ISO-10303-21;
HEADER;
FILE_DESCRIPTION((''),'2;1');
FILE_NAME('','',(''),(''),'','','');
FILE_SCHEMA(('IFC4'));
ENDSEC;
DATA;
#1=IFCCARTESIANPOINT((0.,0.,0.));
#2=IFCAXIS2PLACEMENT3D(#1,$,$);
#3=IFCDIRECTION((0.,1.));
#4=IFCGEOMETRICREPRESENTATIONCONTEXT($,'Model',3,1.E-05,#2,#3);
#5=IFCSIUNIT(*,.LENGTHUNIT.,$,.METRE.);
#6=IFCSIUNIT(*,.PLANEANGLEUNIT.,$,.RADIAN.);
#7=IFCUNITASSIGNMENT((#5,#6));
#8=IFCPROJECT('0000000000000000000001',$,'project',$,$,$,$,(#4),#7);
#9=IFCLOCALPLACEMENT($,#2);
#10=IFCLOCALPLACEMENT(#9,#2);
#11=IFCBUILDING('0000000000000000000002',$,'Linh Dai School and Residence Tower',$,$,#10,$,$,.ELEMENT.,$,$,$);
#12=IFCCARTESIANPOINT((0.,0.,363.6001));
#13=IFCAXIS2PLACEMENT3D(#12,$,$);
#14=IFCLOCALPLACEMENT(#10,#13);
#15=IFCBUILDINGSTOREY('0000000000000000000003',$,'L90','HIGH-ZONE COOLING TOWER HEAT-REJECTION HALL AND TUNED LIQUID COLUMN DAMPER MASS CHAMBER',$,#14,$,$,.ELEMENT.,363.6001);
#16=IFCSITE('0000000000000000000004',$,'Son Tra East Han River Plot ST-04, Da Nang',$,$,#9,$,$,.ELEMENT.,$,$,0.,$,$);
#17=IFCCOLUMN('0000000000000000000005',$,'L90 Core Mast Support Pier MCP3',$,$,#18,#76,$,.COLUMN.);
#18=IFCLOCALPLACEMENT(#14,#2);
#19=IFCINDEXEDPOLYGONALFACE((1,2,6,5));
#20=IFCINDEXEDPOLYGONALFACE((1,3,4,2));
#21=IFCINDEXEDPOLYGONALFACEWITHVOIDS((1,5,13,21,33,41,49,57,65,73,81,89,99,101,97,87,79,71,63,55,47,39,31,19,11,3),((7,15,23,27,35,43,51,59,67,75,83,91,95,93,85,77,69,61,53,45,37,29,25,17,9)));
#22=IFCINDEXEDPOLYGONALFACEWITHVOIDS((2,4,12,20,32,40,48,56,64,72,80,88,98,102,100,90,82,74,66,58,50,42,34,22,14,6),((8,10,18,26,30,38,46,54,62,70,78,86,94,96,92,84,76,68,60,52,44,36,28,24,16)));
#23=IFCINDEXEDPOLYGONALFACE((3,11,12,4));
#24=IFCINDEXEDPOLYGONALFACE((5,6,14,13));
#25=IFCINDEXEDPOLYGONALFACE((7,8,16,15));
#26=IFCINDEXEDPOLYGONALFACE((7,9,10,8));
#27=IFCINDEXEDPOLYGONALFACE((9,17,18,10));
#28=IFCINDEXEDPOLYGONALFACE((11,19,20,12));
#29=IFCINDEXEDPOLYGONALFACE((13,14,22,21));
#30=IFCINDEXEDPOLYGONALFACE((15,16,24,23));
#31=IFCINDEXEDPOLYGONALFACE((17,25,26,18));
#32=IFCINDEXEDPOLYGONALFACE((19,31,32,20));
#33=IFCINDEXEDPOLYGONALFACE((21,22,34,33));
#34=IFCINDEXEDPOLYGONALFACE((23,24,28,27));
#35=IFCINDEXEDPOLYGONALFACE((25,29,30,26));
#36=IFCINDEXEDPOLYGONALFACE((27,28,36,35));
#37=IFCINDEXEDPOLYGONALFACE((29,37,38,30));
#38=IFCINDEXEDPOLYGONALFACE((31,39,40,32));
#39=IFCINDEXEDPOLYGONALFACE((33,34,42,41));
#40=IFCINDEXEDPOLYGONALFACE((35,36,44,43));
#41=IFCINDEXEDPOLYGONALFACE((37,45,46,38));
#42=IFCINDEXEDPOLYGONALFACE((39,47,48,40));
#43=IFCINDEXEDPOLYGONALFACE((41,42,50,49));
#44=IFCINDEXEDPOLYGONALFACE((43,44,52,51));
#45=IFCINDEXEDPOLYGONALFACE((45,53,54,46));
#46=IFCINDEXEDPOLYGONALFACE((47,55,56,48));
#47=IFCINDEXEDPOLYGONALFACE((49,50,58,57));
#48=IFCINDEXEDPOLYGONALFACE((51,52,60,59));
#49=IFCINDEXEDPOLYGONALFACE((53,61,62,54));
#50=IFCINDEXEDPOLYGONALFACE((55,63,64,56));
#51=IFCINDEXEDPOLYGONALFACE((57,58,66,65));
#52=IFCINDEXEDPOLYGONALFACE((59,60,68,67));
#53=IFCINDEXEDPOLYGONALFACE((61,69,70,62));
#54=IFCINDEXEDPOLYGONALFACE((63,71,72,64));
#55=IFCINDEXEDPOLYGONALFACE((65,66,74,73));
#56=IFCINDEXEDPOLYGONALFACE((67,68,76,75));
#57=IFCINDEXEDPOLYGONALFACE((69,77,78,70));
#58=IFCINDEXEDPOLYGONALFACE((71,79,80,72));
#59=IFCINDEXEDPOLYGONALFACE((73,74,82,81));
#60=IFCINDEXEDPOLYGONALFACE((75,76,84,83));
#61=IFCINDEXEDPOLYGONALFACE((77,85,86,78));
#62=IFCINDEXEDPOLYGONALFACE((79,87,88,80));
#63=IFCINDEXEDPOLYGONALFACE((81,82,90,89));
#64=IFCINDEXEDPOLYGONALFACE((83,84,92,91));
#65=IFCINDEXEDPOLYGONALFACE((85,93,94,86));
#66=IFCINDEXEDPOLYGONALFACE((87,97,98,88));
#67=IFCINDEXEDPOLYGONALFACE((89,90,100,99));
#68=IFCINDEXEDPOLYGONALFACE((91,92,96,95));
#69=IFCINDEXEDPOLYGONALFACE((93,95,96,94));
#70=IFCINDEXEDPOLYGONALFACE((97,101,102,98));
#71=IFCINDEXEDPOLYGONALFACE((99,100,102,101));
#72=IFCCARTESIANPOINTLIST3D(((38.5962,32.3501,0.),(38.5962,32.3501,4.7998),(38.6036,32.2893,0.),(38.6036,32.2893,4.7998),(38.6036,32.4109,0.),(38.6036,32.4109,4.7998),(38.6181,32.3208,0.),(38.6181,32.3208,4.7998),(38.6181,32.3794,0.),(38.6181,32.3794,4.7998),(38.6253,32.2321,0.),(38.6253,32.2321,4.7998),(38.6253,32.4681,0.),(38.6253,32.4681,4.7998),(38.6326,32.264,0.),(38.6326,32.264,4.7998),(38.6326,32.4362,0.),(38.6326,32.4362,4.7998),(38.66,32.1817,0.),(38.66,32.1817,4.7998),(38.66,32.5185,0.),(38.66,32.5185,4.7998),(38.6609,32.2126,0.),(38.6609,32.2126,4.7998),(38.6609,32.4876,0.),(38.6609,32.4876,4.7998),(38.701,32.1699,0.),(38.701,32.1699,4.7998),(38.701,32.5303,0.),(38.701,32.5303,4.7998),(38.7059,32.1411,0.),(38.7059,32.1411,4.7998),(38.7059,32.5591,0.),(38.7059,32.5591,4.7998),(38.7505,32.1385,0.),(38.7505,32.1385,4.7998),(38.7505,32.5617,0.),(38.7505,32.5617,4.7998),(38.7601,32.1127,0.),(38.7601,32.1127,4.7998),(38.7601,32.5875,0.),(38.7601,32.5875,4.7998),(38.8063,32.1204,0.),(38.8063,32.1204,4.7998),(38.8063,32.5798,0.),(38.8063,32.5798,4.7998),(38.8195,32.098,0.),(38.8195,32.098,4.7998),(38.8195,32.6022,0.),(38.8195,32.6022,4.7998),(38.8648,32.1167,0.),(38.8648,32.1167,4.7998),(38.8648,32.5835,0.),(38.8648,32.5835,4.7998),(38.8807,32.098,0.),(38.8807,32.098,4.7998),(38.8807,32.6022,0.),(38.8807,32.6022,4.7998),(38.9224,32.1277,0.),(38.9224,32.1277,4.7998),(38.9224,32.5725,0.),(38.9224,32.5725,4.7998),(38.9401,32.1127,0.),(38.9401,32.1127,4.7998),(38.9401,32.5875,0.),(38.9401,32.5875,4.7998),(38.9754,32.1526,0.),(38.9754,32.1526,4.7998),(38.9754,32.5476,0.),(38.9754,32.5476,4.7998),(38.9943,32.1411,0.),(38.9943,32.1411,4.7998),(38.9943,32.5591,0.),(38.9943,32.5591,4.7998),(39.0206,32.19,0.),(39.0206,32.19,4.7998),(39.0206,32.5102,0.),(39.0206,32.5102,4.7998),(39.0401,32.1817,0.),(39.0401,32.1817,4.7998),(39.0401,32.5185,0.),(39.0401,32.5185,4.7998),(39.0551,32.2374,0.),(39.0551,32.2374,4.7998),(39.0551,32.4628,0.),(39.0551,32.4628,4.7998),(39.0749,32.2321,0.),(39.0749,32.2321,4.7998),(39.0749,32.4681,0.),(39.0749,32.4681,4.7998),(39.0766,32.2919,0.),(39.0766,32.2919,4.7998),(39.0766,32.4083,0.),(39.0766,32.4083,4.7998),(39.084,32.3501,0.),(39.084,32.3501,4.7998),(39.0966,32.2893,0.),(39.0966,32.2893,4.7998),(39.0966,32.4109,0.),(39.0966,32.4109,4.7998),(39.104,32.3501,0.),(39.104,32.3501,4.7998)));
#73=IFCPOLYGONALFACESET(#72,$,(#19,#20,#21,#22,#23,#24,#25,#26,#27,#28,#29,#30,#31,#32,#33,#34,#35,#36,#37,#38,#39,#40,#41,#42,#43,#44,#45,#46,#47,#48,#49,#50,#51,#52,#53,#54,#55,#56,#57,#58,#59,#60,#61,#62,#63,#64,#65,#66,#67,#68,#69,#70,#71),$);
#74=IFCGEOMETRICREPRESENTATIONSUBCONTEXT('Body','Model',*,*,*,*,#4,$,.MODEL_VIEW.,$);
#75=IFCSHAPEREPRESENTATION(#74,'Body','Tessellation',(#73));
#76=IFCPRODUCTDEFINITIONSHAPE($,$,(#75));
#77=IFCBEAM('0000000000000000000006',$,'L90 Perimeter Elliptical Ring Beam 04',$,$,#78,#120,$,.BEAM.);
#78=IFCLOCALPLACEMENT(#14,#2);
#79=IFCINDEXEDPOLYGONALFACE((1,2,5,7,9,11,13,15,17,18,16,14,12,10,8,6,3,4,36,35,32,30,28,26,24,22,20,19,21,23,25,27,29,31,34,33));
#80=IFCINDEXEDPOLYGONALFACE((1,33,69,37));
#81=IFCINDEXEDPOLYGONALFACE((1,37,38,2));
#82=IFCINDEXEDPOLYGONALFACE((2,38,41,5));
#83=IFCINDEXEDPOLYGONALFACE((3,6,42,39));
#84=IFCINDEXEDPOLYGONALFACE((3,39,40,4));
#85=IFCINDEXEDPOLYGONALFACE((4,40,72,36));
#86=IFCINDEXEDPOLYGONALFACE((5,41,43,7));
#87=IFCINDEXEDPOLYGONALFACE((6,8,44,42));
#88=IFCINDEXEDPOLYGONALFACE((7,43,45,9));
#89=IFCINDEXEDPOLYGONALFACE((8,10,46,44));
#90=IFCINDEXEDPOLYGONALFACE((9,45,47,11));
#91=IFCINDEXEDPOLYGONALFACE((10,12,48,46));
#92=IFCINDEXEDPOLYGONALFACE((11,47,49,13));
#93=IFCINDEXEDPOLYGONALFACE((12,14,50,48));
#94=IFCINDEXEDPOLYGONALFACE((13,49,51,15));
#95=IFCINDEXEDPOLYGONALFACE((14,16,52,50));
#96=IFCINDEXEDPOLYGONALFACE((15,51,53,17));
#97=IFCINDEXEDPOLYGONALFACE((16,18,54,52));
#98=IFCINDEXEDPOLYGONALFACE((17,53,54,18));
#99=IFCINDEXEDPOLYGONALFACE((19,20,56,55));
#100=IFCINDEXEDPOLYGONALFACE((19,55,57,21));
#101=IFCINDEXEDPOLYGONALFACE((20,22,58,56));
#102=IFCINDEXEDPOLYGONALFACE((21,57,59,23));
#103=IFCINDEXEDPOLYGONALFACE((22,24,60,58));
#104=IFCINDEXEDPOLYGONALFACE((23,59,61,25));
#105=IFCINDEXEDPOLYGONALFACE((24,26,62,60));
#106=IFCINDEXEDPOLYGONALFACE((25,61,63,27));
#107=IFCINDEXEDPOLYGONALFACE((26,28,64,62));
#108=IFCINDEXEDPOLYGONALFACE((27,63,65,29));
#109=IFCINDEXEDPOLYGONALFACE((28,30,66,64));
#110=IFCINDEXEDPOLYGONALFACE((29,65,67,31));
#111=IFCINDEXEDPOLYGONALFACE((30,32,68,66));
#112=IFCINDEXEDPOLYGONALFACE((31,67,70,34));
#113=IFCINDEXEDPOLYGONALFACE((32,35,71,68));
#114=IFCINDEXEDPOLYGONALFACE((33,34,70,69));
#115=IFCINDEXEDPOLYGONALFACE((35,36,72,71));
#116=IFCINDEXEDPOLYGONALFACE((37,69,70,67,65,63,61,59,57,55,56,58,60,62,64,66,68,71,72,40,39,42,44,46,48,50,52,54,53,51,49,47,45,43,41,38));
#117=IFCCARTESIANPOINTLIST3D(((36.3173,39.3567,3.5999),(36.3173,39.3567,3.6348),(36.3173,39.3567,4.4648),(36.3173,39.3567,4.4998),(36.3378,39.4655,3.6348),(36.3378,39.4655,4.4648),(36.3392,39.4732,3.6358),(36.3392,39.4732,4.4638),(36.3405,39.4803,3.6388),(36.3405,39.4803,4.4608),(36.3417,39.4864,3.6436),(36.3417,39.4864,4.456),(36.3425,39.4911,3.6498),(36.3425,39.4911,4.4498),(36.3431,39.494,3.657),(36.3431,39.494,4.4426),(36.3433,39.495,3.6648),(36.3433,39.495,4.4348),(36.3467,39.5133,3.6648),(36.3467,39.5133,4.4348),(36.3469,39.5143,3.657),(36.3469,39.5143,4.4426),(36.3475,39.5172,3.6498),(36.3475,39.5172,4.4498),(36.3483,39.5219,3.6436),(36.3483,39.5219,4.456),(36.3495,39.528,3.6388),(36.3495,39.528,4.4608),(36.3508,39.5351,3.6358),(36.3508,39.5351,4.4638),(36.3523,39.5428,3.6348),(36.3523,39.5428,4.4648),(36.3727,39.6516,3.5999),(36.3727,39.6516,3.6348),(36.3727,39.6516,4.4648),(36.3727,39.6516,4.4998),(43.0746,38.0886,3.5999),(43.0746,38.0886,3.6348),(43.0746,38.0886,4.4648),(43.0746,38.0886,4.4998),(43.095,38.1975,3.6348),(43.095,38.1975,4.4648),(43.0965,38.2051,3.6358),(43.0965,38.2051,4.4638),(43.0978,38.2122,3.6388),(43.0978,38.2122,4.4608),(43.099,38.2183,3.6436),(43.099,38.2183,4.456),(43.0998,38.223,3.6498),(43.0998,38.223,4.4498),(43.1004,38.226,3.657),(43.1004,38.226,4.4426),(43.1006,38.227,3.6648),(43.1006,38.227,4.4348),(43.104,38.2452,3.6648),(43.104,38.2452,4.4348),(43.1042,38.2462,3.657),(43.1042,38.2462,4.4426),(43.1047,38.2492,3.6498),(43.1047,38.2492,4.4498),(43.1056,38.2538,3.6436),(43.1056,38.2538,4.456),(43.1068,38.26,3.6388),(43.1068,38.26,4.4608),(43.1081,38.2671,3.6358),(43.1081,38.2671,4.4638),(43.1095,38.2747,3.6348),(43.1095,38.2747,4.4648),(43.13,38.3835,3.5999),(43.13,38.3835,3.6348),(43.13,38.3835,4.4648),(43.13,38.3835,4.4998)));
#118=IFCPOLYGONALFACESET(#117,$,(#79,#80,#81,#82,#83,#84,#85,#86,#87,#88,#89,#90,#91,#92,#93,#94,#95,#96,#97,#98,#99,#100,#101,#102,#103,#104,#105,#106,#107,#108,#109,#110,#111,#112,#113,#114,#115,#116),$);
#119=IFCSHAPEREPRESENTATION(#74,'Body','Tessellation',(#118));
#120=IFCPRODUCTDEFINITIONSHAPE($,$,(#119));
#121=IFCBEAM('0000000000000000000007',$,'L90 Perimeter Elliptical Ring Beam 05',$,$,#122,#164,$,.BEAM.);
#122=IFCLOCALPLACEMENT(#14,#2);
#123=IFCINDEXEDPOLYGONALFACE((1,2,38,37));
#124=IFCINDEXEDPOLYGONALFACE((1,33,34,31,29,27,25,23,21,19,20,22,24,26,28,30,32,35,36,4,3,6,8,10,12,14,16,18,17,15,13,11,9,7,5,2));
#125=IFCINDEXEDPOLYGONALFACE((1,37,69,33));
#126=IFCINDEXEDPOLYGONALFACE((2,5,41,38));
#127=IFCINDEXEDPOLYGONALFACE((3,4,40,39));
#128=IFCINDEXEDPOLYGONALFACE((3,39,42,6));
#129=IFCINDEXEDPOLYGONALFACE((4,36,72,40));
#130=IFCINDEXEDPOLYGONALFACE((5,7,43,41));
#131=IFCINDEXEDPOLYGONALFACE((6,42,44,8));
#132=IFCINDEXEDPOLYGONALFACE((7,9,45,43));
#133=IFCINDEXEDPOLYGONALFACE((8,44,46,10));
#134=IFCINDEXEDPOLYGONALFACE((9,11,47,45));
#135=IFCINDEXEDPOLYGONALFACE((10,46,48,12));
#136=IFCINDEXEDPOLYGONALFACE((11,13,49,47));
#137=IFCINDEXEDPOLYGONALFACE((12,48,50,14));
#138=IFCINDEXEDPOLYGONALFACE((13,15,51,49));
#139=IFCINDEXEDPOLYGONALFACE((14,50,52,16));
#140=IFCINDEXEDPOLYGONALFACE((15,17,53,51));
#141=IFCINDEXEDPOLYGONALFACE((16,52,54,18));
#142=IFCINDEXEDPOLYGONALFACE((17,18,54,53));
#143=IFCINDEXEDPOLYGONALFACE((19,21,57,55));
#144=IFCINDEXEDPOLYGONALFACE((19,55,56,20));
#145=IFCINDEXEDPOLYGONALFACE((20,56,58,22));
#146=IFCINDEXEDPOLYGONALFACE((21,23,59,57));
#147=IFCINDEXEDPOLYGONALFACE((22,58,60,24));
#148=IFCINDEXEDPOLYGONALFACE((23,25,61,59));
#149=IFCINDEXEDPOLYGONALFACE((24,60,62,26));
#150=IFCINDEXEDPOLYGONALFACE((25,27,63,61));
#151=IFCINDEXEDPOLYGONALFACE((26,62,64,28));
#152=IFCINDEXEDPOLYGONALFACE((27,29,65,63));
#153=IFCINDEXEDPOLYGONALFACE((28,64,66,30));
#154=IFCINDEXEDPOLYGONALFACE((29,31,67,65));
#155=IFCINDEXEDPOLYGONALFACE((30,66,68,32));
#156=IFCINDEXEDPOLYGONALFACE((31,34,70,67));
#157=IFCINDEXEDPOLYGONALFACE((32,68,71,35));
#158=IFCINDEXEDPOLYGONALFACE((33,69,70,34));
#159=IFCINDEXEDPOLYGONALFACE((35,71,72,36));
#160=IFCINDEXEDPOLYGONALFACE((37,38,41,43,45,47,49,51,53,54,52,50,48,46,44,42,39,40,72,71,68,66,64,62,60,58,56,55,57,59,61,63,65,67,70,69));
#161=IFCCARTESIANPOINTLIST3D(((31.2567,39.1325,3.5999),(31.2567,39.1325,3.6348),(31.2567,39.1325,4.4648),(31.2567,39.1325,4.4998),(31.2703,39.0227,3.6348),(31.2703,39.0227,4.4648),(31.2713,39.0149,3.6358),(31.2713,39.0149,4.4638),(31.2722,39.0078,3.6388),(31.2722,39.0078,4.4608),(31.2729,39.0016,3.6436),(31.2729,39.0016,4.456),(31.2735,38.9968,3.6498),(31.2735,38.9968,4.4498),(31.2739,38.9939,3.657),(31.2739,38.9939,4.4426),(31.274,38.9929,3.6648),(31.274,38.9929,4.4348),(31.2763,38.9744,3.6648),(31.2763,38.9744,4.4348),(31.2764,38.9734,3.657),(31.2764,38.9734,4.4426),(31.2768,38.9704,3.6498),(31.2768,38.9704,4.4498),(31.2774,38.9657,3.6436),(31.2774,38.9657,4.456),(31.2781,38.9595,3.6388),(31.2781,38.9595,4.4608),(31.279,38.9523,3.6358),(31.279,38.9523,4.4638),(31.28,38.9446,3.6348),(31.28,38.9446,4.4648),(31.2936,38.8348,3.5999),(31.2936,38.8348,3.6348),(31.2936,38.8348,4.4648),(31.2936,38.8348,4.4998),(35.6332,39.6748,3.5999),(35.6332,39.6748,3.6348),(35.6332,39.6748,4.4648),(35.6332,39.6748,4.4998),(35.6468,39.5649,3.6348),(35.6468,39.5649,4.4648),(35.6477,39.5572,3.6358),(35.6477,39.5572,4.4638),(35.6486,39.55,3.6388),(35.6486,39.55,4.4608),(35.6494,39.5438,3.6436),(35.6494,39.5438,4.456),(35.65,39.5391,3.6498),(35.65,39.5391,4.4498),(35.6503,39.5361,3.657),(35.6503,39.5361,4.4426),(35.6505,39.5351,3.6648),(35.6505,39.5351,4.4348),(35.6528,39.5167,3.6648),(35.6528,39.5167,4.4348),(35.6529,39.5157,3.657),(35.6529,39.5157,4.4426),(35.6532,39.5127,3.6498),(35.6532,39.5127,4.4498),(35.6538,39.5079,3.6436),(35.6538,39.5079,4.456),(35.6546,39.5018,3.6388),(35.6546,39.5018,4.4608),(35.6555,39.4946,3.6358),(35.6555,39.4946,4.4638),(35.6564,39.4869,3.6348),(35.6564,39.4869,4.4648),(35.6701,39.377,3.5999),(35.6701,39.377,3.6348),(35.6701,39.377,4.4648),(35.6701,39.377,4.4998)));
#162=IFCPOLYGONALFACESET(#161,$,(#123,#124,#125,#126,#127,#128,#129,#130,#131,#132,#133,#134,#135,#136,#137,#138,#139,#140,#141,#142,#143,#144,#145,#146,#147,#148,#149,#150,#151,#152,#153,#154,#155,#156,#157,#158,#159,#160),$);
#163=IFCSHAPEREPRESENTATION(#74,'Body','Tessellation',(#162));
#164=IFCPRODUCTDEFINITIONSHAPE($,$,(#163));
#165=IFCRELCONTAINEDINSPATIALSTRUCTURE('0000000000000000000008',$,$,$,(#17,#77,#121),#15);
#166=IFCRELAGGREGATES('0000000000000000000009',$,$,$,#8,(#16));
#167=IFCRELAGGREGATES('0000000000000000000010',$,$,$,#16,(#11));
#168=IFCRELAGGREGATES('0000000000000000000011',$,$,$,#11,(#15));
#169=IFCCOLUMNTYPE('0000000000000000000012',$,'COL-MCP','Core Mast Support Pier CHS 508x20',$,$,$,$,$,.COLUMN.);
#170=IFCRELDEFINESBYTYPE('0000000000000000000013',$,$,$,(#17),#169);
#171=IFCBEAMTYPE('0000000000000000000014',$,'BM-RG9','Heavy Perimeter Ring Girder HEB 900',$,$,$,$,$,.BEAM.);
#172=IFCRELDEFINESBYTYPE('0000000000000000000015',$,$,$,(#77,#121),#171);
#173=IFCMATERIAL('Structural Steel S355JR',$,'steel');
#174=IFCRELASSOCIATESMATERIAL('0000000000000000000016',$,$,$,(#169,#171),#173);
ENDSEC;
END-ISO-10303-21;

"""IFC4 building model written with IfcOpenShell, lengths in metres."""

from ifc_helpers import new_model, si_unit, direction, frame, origin, origin_2d, place, context, subcontext, project, spatial, hollow_circle, i_section, extrude, material, material_profile, profile_set, type_object, element, save


model = new_model("IFC4")

# Units and contexts
model_context = context("Model", 3, precision=1e-05, world=origin(), true_north=direction((0.0, 1.0)))
body_context = subcontext(model_context, "Body", "Model", "MODEL_VIEW")
ifc_project = project(units=[si_unit("LENGTHUNIT", "METRE"), si_unit("PLANEANGLEUNIT", "RADIAN")], contexts=[model_context])

# Site, building, storey
site_placement = place(None, origin())
site = spatial("IfcSite", under=ifc_project, at=site_placement, Name="Son Tra East Han River Plot ST-04, Da Nang", CompositionType="ELEMENT", RefElevation=0.0)
building_placement = place(site_placement, origin())
building = spatial("IfcBuilding", under=site, at=building_placement, Name="Linh Dai School and Residence Tower", CompositionType="ELEMENT")
storey_placement = place(building_placement, frame((0.0, 0.0, 363.6001)))
storey = spatial("IfcBuildingStorey", under=building, at=storey_placement, Name="L90", Description="HIGH-ZONE COOLING TOWER HEAT-REJECTION HALL AND TUNED LIQUID COLUMN DAMPER MASS CHAMBER", CompositionType="ELEMENT", Elevation=363.6001)

# Column
ifc_material_1 = material(Name="Structural Steel S355JR", Category="steel")
ifc_material_profile_1 = material_profile(ifc_material_1, hollow_circle(Radius=0.2539, WallThickness=0.02, at=origin_2d()), Name="CHS 508x20")
ifc_profile_set_1 = profile_set([ifc_material_profile_1], Name="Structural Steel S355JR")
column_type_1 = type_object("IfcColumnType", Name="COL-MCP", Description="Core Mast Support Pier CHS 508x20", PredefinedType="COLUMN", material=ifc_profile_set_1)
column_placement = place(storey_placement, frame((38.8501, 32.3501, 0.0), z_axis=(0.0, 0.0, 1.0), x_axis=(1.0, 0.0, 0.0)))
element("IfcColumn", 1, at=column_placement, inside=storey, type_object=column_type_1, Name="L90 Core Mast Support Pier MCP3", PredefinedType="COLUMN", context=body_context, shape_type="SweptSolid", body=[
    extrude(hollow_circle(Radius=0.2539, WallThickness=0.02, at=origin_2d()), origin(), (0.0, 0.0, 1.0), 4.7998),
])

# Beams
ifc_material_profile_2 = material_profile(ifc_material_1, i_section(OverallWidth=0.3, OverallDepth=0.8999, WebThickness=0.0186, FlangeThickness=0.0349, FilletRadius=0.03, at=origin_2d()), Name="HEB 900")
ifc_profile_set_2 = profile_set([ifc_material_profile_2], Name="Structural Steel S355JR")
beam_type_1 = type_object("IfcBeamType", Name="BM-RG9", Description="Heavy Perimeter Ring Girder HEB 900", PredefinedType="BEAM", material=ifc_profile_set_2)
beam_1_placement = place(storey_placement, frame((43.1023, 38.2361, 4.0498), z_axis=(-0.982844, 0.184439, 0.0), x_axis=(-0.184439, -0.982844, 0.0)))
element("IfcBeam", 2, at=beam_1_placement, inside=storey, type_object=beam_type_1, Name="L90 Perimeter Elliptical Ring Beam 04", PredefinedType="BEAM", context=body_context, shape_type="SweptSolid", body=[
    extrude(i_section(OverallWidth=0.3, OverallDepth=0.8999, WebThickness=0.0186, FlangeThickness=0.0349, FilletRadius=0.03, at=origin_2d()), origin(), (0.0, 0.0, 1.0), 6.8752),
])
beam_2_placement = place(storey_placement, frame((35.6516, 39.5259, 4.0498), z_axis=(-0.992412, -0.122958, 0.0), x_axis=(0.122958, -0.992412, 0.0)))
element("IfcBeam", 3, at=beam_2_placement, inside=storey, type_object=beam_type_1, Name="L90 Perimeter Elliptical Ring Beam 05", PredefinedType="BEAM", context=body_context, shape_type="SweptSolid", body=[
    extrude(i_section(OverallWidth=0.3, OverallDepth=0.8999, WebThickness=0.0186, FlangeThickness=0.0349, FilletRadius=0.03, at=origin_2d()), origin(), (0.0, 0.0, 1.0), 4.4099),
])

save(model, "model.ifc")
